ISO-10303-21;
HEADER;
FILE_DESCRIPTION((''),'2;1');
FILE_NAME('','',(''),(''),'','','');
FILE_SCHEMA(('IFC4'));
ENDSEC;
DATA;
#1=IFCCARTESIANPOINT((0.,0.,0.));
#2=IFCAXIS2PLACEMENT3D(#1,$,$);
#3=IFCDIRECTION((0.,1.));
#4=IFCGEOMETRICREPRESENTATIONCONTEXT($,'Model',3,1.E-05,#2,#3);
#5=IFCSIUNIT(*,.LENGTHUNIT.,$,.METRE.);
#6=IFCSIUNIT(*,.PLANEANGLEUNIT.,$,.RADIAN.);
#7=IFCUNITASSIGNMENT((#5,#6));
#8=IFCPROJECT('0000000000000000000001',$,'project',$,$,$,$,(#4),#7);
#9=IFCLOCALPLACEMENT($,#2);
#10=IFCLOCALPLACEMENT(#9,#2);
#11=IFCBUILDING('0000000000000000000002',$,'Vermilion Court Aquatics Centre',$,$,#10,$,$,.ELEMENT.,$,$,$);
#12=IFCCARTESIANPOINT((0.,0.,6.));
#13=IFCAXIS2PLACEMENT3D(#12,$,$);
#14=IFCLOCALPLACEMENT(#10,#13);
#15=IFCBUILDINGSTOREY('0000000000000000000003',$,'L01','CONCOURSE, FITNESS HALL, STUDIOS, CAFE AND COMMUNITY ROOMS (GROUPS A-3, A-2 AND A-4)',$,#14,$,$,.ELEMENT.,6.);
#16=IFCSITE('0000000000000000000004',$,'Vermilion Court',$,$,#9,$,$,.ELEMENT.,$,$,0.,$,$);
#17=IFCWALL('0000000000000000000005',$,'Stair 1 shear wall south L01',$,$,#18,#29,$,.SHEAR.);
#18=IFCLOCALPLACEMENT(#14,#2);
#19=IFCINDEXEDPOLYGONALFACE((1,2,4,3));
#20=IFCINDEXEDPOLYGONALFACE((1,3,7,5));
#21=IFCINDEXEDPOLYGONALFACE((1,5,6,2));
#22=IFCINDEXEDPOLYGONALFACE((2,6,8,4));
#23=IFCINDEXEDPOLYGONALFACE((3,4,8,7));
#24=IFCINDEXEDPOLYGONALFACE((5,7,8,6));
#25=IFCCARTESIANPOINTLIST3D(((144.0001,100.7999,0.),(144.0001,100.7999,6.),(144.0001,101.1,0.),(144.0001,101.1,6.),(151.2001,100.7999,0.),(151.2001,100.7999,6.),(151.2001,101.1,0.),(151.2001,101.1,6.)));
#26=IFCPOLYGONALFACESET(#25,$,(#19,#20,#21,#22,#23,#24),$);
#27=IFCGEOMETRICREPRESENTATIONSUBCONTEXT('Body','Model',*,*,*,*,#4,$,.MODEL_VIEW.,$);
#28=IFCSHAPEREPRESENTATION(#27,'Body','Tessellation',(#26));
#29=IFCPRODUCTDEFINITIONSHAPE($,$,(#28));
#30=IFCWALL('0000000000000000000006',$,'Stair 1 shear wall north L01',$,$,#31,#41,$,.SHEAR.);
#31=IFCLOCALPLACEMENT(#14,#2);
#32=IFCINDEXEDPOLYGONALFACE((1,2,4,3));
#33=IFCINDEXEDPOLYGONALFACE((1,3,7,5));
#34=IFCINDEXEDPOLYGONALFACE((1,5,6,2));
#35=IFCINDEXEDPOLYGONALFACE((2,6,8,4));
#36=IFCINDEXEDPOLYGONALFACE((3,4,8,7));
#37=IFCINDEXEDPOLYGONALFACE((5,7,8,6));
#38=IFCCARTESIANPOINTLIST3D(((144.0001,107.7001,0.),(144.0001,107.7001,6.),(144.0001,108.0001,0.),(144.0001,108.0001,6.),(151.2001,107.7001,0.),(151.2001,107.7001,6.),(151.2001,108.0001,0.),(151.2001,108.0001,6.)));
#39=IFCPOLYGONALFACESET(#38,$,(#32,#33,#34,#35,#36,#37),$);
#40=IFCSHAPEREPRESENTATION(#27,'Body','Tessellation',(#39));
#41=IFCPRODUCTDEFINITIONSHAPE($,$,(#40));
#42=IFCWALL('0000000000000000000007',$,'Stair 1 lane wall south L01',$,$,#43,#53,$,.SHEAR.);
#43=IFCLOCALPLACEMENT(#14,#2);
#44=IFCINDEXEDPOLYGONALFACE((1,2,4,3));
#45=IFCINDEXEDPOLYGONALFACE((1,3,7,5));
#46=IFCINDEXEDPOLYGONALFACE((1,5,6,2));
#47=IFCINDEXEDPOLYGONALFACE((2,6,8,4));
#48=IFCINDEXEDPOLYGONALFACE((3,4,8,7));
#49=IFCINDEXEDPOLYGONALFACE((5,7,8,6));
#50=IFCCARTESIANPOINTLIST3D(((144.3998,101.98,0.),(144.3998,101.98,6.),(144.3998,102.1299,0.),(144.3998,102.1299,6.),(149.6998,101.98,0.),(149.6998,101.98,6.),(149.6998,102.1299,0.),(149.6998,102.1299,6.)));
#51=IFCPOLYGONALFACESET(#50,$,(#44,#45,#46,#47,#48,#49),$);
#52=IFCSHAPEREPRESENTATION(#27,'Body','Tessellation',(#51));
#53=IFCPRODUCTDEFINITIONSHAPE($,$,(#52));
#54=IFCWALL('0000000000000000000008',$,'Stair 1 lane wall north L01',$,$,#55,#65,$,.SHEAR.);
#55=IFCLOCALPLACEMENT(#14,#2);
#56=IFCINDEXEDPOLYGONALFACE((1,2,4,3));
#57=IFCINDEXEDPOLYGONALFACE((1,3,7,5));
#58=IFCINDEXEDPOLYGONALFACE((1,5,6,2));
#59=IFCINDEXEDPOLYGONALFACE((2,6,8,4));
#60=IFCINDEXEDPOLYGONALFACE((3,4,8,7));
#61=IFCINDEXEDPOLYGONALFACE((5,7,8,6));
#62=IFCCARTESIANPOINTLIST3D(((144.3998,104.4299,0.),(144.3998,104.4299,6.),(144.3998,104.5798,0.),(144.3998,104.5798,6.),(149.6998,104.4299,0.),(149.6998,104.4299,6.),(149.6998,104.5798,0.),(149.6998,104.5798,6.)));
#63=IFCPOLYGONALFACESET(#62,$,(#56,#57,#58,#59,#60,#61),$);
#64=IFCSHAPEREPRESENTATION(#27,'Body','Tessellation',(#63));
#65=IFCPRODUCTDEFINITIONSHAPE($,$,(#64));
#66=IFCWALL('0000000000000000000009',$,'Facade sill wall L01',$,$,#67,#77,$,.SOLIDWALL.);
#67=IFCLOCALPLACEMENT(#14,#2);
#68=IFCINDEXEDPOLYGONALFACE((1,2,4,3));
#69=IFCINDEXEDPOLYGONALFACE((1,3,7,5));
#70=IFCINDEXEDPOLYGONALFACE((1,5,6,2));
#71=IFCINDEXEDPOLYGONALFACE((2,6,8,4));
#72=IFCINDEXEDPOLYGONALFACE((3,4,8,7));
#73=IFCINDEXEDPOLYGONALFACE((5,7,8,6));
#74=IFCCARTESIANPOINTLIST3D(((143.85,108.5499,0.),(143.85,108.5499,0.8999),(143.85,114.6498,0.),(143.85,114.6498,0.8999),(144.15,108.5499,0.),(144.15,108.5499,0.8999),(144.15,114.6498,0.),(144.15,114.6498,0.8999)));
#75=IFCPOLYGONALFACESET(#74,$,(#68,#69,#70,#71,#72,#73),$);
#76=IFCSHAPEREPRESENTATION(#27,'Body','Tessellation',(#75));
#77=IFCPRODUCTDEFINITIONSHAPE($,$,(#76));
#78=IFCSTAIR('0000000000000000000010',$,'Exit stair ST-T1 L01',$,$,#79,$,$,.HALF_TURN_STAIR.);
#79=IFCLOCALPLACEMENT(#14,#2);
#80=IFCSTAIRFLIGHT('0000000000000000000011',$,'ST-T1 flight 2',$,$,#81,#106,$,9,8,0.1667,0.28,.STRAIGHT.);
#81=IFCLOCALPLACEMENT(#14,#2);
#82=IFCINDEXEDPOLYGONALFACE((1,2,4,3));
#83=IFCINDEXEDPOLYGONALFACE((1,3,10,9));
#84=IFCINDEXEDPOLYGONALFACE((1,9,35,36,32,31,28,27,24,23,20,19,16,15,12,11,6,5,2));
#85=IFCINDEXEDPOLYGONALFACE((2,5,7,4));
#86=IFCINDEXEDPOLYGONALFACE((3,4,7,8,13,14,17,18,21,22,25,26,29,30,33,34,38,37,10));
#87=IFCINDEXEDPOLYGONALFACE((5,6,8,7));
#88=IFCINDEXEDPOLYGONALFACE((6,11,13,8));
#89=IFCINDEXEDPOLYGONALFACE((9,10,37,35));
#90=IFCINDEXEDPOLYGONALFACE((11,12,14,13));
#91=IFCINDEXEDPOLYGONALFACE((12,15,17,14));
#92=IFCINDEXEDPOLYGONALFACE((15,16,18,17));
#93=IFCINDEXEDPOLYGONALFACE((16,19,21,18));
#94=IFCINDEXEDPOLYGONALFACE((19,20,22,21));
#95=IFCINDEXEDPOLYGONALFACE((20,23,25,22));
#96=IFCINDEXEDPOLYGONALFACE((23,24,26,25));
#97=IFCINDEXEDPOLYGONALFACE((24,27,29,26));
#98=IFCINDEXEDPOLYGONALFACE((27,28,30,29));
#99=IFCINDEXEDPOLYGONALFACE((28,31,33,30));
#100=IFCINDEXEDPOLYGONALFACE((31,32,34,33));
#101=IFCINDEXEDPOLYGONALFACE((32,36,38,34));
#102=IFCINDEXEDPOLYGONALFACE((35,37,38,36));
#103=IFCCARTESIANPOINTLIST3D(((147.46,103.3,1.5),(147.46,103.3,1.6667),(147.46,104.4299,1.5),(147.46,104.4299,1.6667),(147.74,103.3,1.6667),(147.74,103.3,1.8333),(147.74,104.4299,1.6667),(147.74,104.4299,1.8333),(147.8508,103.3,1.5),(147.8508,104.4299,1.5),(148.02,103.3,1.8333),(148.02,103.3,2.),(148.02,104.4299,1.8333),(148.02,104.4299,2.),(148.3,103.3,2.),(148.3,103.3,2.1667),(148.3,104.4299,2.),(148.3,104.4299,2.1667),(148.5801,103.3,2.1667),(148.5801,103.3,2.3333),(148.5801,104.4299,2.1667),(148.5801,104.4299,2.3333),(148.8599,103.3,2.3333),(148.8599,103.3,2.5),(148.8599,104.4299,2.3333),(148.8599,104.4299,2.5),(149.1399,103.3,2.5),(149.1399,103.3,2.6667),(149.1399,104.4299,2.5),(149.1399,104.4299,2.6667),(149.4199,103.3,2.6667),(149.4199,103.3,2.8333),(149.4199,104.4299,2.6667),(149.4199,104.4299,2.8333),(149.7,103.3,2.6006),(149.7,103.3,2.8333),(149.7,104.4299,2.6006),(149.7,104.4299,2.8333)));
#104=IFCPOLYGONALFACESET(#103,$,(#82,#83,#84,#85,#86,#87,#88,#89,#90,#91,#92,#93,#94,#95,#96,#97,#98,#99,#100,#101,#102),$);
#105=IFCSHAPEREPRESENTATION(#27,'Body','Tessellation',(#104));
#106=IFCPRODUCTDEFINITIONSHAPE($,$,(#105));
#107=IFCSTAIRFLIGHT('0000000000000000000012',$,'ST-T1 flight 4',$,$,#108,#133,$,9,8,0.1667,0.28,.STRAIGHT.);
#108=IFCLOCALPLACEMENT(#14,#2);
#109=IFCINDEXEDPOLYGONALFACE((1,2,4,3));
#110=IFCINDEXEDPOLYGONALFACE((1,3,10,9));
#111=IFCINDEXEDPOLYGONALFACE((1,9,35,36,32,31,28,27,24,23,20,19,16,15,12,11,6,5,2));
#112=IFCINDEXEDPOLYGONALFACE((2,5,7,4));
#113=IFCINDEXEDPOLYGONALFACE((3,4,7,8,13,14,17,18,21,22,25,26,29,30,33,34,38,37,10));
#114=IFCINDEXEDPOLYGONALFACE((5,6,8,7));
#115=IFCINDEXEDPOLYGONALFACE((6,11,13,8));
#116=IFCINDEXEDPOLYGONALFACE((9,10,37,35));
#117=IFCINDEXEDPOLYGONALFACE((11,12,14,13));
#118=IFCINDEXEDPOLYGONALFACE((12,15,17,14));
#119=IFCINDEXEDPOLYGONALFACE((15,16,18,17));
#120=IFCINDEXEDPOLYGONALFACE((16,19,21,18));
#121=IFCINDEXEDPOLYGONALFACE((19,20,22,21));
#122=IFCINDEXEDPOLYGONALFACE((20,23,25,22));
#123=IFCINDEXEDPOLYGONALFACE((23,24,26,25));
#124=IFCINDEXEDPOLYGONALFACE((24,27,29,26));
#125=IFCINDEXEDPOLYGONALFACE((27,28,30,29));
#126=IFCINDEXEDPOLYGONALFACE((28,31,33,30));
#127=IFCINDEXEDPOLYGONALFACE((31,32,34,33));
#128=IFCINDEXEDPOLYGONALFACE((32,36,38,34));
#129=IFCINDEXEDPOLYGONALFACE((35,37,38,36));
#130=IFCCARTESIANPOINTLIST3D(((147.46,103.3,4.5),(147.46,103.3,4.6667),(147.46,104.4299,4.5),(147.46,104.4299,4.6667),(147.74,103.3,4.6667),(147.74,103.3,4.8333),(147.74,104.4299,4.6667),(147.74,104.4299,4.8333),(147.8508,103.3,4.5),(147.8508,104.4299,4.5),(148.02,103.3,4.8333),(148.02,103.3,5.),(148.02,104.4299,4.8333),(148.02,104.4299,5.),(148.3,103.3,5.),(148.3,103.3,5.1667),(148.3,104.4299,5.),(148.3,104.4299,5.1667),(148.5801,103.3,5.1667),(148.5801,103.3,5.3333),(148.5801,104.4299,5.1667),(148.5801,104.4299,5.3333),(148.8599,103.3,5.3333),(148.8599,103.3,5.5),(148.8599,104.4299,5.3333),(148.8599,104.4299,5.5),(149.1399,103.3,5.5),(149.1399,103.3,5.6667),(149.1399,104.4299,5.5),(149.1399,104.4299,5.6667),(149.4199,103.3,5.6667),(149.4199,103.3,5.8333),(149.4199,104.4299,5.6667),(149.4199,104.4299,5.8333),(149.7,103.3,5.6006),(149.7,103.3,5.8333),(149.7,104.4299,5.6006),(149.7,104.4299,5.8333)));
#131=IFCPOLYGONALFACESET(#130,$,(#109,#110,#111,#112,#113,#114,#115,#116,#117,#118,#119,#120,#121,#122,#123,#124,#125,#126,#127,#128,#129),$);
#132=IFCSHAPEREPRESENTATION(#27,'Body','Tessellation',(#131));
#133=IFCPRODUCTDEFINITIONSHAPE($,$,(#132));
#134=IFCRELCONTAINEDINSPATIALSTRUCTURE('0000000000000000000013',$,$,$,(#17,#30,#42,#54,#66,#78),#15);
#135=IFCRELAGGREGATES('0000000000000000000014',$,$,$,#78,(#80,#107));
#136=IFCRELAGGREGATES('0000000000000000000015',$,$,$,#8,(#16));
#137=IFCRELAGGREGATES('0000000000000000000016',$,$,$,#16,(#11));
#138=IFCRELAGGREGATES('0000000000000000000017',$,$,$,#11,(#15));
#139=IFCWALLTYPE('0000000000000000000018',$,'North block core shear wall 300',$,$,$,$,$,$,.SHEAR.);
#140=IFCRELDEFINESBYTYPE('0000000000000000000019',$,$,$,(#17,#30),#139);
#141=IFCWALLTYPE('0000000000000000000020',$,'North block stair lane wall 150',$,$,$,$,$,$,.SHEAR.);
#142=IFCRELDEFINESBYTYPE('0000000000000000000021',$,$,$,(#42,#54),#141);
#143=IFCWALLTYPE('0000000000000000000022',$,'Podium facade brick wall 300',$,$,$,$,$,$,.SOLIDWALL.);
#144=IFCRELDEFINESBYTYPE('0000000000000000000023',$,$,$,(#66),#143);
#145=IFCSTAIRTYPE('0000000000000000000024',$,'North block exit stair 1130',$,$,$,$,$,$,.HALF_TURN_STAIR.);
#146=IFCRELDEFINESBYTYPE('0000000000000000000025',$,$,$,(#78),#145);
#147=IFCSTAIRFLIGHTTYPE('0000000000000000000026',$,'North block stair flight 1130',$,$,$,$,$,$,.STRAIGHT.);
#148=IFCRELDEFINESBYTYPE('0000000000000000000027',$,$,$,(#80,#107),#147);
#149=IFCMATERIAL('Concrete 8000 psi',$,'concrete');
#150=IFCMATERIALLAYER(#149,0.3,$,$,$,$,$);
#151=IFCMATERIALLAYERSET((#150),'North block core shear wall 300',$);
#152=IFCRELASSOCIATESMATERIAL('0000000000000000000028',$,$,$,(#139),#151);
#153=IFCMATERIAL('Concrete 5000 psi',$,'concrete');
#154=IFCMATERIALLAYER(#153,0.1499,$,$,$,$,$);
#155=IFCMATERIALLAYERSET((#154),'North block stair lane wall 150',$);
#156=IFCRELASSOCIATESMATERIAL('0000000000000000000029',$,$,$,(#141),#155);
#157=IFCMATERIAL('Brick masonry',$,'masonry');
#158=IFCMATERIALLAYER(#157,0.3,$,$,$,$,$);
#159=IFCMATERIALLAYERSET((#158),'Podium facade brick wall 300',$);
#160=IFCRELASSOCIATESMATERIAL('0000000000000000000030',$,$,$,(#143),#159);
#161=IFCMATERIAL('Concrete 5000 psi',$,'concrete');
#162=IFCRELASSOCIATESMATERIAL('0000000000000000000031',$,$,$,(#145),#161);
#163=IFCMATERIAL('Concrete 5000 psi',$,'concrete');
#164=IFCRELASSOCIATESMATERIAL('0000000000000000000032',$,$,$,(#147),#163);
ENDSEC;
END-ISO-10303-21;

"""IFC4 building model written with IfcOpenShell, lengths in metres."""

from ifc_helpers import new_model, si_unit, direction, frame, frame_2d, origin, place, context, subcontext, project, spatial, polyline, rectangle, outline, extrude, material, layer, layer_set, type_object, element, aggregate, save


model = new_model("IFC4")

# Units and contexts
model_context = context("Model", 3, precision=1e-05, world=origin(), true_north=direction((0.0, 1.0)))
body_context = subcontext(model_context, "Body", "Model", "MODEL_VIEW")
ifc_project = project(units=[si_unit("LENGTHUNIT", "METRE"), si_unit("PLANEANGLEUNIT", "RADIAN")], contexts=[model_context])

# Site, building, storey
site_placement = place(None, origin())
site = spatial("IfcSite", under=ifc_project, at=site_placement, Name="Vermilion Court", CompositionType="ELEMENT", RefElevation=0.0)
building_placement = place(site_placement, origin())
building = spatial("IfcBuilding", under=site, at=building_placement, Name="Vermilion Court Aquatics Centre", CompositionType="ELEMENT")
storey_placement = place(building_placement, frame((0.0, 0.0, 6.0)))
storey = spatial("IfcBuildingStorey", under=building, at=storey_placement, Name="L01", Description="CONCOURSE, FITNESS HALL, STUDIOS, CAFE AND COMMUNITY ROOMS (GROUPS A-3, A-2 AND A-4)", CompositionType="ELEMENT", Elevation=6.0)

# Walls
ifc_material_1 = material(Name="Concrete 8000 psi", Category="concrete")
ifc_layer_1 = layer(ifc_material_1, 0.3)
ifc_layer_set_1 = layer_set([ifc_layer_1], Name="North block core shear wall 300")
wall_type_1 = type_object("IfcWallType", Name="North block core shear wall 300", PredefinedType="SHEAR", material=ifc_layer_set_1)
for number, where, z_axis, x_axis, name in (
    (1, (144.0, 100.95, 0.0), (0.0, 0.0, 1.0), (1.0, 0.0, 0.0), "Stair 1 shear wall south L01"),
    (2, (144.0, 107.8501, 0.0), (0.0, 0.0, 1.0), (1.0, 0.0, 0.0), "Stair 1 shear wall north L01"),
):
    element("IfcWall", number, at=place(storey_placement, frame(where, z_axis=z_axis, x_axis=x_axis)), inside=storey, type_object=wall_type_1, Name=name, PredefinedType="SHEAR", context=body_context, shape_type="SweptSolid", body=[
        extrude(rectangle(XDim=7.2, YDim=0.3, at=frame_2d((3.6001, 0.0))), origin(), (0.0, 0.0, 1.0), 6.0),
    ])
ifc_material_2 = material(Name="Concrete 5000 psi", Category="concrete")
ifc_layer_2 = layer(ifc_material_2, 0.1499)
ifc_layer_set_2 = layer_set([ifc_layer_2], Name="North block stair lane wall 150")
wall_type_2 = type_object("IfcWallType", Name="North block stair lane wall 150", PredefinedType="SHEAR", material=ifc_layer_set_2)
for number, where, z_axis, x_axis, name in (
    (3, (144.3999, 102.0549, 0.0), (0.0, 0.0, 1.0), (1.0, 0.0, 0.0), "Stair 1 lane wall south L01"),
    (4, (144.3999, 104.5049, 0.0), (0.0, 0.0, 1.0), (1.0, 0.0, 0.0), "Stair 1 lane wall north L01"),
):
    element("IfcWall", number, at=place(storey_placement, frame(where, z_axis=z_axis, x_axis=x_axis)), inside=storey, type_object=wall_type_2, Name=name, PredefinedType="SHEAR", context=body_context, shape_type="SweptSolid", body=[
        extrude(rectangle(XDim=5.3, YDim=0.1499, at=frame_2d((2.6499, 0.0))), origin(), (0.0, 0.0, 1.0), 6.0),
    ])
ifc_material_3 = material(Name="Brick masonry", Category="masonry")
ifc_layer_3 = layer(ifc_material_3, 0.3)
ifc_layer_set_3 = layer_set([ifc_layer_3], Name="Podium facade brick wall 300")
wall_type_3 = type_object("IfcWallType", Name="Podium facade brick wall 300", PredefinedType="SOLIDWALL", material=ifc_layer_set_3)
wall_1_placement = place(storey_placement, frame((144.0, 108.55, 0.0), z_axis=(0.0, 0.0, 1.0), x_axis=(0.0, 1.0, 0.0)))
element("IfcWall", 5, at=wall_1_placement, inside=storey, type_object=wall_type_3, Name="Facade sill wall L01", PredefinedType="SOLIDWALL", context=body_context, shape_type="SweptSolid", body=[
    extrude(rectangle(XDim=6.0999, YDim=0.3, at=frame_2d((3.0498, 0.0))), origin(), (0.0, 0.0, 1.0), 0.8999),
])

# Stair, stair flights
ifc_material_4 = material(Name="Concrete 5000 psi", Category="concrete")
stair_type = type_object("IfcStairType", Name="North block exit stair 1130", PredefinedType="HALF_TURN_STAIR", material=ifc_material_4)
stair_placement = place(storey_placement, origin())
stair = element("IfcStair", 6, at=stair_placement, inside=storey, type_object=stair_type, Name="Exit stair ST-T1 L01", PredefinedType="HALF_TURN_STAIR")
ifc_material_5 = material(Name="Concrete 5000 psi", Category="concrete")
stair_flight_type = type_object("IfcStairFlightType", Name="North block stair flight 1130", PredefinedType="STRAIGHT", material=ifc_material_5)
stair_flight_1_placement = place(storey_placement, frame((147.46, 103.865, 1.5), z_axis=(0.0, 0.0, 1.0), x_axis=(1.0, 0.0, 0.0)))
stair_flight_1 = element("IfcStairFlight", 7, at=stair_flight_1_placement, type_object=stair_flight_type, Name="ST-T1 flight 2", NumberOfRisers=9, NumberOfTreads=8, PredefinedType="STRAIGHT", RiserHeight=0.1667, TreadLength=0.28, context=body_context, shape_type="SweptSolid", body=[
    extrude(outline(polyline([(0.0, 0.0), (0.0, 0.1667), (0.28, 0.1667), (0.28, 0.3333), (0.5601, 0.3333), (0.5601, 0.5), (0.8401, 0.5), (0.8401, 0.6667), (1.1201, 0.6667), (1.1201, 0.8333), (1.3999, 0.8333), (1.3999, 1.0), (1.6799, 1.0), (1.6799, 1.1667), (1.96, 1.1667), (1.96, 1.3333), (2.24, 1.3333), (2.24, 1.5), (2.24, 1.1006), (0.3909, 0.0), (0.0, 0.0)])), frame((0.0, 0.5649, 0.0), z_axis=(0.0, -1.0, 0.0), x_axis=(1.0, 0.0, 0.0)), (0.0, 0.0, 1.0), 1.1299),
])
stair_flight_2_placement = place(storey_placement, frame((147.46, 103.865, 4.5), z_axis=(0.0, 0.0, 1.0), x_axis=(1.0, 0.0, 0.0)))
stair_flight_2 = element("IfcStairFlight", 8, at=stair_flight_2_placement, type_object=stair_flight_type, Name="ST-T1 flight 4", NumberOfRisers=9, NumberOfTreads=8, PredefinedType="STRAIGHT", RiserHeight=0.1667, TreadLength=0.28, context=body_context, shape_type="SweptSolid", body=[
    extrude(outline(polyline([(0.0, 0.0), (0.0, 0.1667), (0.28, 0.1667), (0.28, 0.3333), (0.5601, 0.3333), (0.5601, 0.5), (0.8401, 0.5), (0.8401, 0.6667), (1.1201, 0.6667), (1.1201, 0.8333), (1.3999, 0.8333), (1.3999, 1.0), (1.6799, 1.0), (1.6799, 1.1667), (1.96, 1.1667), (1.96, 1.3333), (2.24, 1.3333), (2.24, 1.5), (2.24, 1.1006), (0.3909, 0.0), (0.0, 0.0)])), frame((0.0, 0.5649, 0.0), z_axis=(0.0, -1.0, 0.0), x_axis=(1.0, 0.0, 0.0)), (0.0, 0.0, 1.0), 1.1299),
])
aggregate(stair, [stair_flight_1, stair_flight_2])

save(model, "model.ifc")
